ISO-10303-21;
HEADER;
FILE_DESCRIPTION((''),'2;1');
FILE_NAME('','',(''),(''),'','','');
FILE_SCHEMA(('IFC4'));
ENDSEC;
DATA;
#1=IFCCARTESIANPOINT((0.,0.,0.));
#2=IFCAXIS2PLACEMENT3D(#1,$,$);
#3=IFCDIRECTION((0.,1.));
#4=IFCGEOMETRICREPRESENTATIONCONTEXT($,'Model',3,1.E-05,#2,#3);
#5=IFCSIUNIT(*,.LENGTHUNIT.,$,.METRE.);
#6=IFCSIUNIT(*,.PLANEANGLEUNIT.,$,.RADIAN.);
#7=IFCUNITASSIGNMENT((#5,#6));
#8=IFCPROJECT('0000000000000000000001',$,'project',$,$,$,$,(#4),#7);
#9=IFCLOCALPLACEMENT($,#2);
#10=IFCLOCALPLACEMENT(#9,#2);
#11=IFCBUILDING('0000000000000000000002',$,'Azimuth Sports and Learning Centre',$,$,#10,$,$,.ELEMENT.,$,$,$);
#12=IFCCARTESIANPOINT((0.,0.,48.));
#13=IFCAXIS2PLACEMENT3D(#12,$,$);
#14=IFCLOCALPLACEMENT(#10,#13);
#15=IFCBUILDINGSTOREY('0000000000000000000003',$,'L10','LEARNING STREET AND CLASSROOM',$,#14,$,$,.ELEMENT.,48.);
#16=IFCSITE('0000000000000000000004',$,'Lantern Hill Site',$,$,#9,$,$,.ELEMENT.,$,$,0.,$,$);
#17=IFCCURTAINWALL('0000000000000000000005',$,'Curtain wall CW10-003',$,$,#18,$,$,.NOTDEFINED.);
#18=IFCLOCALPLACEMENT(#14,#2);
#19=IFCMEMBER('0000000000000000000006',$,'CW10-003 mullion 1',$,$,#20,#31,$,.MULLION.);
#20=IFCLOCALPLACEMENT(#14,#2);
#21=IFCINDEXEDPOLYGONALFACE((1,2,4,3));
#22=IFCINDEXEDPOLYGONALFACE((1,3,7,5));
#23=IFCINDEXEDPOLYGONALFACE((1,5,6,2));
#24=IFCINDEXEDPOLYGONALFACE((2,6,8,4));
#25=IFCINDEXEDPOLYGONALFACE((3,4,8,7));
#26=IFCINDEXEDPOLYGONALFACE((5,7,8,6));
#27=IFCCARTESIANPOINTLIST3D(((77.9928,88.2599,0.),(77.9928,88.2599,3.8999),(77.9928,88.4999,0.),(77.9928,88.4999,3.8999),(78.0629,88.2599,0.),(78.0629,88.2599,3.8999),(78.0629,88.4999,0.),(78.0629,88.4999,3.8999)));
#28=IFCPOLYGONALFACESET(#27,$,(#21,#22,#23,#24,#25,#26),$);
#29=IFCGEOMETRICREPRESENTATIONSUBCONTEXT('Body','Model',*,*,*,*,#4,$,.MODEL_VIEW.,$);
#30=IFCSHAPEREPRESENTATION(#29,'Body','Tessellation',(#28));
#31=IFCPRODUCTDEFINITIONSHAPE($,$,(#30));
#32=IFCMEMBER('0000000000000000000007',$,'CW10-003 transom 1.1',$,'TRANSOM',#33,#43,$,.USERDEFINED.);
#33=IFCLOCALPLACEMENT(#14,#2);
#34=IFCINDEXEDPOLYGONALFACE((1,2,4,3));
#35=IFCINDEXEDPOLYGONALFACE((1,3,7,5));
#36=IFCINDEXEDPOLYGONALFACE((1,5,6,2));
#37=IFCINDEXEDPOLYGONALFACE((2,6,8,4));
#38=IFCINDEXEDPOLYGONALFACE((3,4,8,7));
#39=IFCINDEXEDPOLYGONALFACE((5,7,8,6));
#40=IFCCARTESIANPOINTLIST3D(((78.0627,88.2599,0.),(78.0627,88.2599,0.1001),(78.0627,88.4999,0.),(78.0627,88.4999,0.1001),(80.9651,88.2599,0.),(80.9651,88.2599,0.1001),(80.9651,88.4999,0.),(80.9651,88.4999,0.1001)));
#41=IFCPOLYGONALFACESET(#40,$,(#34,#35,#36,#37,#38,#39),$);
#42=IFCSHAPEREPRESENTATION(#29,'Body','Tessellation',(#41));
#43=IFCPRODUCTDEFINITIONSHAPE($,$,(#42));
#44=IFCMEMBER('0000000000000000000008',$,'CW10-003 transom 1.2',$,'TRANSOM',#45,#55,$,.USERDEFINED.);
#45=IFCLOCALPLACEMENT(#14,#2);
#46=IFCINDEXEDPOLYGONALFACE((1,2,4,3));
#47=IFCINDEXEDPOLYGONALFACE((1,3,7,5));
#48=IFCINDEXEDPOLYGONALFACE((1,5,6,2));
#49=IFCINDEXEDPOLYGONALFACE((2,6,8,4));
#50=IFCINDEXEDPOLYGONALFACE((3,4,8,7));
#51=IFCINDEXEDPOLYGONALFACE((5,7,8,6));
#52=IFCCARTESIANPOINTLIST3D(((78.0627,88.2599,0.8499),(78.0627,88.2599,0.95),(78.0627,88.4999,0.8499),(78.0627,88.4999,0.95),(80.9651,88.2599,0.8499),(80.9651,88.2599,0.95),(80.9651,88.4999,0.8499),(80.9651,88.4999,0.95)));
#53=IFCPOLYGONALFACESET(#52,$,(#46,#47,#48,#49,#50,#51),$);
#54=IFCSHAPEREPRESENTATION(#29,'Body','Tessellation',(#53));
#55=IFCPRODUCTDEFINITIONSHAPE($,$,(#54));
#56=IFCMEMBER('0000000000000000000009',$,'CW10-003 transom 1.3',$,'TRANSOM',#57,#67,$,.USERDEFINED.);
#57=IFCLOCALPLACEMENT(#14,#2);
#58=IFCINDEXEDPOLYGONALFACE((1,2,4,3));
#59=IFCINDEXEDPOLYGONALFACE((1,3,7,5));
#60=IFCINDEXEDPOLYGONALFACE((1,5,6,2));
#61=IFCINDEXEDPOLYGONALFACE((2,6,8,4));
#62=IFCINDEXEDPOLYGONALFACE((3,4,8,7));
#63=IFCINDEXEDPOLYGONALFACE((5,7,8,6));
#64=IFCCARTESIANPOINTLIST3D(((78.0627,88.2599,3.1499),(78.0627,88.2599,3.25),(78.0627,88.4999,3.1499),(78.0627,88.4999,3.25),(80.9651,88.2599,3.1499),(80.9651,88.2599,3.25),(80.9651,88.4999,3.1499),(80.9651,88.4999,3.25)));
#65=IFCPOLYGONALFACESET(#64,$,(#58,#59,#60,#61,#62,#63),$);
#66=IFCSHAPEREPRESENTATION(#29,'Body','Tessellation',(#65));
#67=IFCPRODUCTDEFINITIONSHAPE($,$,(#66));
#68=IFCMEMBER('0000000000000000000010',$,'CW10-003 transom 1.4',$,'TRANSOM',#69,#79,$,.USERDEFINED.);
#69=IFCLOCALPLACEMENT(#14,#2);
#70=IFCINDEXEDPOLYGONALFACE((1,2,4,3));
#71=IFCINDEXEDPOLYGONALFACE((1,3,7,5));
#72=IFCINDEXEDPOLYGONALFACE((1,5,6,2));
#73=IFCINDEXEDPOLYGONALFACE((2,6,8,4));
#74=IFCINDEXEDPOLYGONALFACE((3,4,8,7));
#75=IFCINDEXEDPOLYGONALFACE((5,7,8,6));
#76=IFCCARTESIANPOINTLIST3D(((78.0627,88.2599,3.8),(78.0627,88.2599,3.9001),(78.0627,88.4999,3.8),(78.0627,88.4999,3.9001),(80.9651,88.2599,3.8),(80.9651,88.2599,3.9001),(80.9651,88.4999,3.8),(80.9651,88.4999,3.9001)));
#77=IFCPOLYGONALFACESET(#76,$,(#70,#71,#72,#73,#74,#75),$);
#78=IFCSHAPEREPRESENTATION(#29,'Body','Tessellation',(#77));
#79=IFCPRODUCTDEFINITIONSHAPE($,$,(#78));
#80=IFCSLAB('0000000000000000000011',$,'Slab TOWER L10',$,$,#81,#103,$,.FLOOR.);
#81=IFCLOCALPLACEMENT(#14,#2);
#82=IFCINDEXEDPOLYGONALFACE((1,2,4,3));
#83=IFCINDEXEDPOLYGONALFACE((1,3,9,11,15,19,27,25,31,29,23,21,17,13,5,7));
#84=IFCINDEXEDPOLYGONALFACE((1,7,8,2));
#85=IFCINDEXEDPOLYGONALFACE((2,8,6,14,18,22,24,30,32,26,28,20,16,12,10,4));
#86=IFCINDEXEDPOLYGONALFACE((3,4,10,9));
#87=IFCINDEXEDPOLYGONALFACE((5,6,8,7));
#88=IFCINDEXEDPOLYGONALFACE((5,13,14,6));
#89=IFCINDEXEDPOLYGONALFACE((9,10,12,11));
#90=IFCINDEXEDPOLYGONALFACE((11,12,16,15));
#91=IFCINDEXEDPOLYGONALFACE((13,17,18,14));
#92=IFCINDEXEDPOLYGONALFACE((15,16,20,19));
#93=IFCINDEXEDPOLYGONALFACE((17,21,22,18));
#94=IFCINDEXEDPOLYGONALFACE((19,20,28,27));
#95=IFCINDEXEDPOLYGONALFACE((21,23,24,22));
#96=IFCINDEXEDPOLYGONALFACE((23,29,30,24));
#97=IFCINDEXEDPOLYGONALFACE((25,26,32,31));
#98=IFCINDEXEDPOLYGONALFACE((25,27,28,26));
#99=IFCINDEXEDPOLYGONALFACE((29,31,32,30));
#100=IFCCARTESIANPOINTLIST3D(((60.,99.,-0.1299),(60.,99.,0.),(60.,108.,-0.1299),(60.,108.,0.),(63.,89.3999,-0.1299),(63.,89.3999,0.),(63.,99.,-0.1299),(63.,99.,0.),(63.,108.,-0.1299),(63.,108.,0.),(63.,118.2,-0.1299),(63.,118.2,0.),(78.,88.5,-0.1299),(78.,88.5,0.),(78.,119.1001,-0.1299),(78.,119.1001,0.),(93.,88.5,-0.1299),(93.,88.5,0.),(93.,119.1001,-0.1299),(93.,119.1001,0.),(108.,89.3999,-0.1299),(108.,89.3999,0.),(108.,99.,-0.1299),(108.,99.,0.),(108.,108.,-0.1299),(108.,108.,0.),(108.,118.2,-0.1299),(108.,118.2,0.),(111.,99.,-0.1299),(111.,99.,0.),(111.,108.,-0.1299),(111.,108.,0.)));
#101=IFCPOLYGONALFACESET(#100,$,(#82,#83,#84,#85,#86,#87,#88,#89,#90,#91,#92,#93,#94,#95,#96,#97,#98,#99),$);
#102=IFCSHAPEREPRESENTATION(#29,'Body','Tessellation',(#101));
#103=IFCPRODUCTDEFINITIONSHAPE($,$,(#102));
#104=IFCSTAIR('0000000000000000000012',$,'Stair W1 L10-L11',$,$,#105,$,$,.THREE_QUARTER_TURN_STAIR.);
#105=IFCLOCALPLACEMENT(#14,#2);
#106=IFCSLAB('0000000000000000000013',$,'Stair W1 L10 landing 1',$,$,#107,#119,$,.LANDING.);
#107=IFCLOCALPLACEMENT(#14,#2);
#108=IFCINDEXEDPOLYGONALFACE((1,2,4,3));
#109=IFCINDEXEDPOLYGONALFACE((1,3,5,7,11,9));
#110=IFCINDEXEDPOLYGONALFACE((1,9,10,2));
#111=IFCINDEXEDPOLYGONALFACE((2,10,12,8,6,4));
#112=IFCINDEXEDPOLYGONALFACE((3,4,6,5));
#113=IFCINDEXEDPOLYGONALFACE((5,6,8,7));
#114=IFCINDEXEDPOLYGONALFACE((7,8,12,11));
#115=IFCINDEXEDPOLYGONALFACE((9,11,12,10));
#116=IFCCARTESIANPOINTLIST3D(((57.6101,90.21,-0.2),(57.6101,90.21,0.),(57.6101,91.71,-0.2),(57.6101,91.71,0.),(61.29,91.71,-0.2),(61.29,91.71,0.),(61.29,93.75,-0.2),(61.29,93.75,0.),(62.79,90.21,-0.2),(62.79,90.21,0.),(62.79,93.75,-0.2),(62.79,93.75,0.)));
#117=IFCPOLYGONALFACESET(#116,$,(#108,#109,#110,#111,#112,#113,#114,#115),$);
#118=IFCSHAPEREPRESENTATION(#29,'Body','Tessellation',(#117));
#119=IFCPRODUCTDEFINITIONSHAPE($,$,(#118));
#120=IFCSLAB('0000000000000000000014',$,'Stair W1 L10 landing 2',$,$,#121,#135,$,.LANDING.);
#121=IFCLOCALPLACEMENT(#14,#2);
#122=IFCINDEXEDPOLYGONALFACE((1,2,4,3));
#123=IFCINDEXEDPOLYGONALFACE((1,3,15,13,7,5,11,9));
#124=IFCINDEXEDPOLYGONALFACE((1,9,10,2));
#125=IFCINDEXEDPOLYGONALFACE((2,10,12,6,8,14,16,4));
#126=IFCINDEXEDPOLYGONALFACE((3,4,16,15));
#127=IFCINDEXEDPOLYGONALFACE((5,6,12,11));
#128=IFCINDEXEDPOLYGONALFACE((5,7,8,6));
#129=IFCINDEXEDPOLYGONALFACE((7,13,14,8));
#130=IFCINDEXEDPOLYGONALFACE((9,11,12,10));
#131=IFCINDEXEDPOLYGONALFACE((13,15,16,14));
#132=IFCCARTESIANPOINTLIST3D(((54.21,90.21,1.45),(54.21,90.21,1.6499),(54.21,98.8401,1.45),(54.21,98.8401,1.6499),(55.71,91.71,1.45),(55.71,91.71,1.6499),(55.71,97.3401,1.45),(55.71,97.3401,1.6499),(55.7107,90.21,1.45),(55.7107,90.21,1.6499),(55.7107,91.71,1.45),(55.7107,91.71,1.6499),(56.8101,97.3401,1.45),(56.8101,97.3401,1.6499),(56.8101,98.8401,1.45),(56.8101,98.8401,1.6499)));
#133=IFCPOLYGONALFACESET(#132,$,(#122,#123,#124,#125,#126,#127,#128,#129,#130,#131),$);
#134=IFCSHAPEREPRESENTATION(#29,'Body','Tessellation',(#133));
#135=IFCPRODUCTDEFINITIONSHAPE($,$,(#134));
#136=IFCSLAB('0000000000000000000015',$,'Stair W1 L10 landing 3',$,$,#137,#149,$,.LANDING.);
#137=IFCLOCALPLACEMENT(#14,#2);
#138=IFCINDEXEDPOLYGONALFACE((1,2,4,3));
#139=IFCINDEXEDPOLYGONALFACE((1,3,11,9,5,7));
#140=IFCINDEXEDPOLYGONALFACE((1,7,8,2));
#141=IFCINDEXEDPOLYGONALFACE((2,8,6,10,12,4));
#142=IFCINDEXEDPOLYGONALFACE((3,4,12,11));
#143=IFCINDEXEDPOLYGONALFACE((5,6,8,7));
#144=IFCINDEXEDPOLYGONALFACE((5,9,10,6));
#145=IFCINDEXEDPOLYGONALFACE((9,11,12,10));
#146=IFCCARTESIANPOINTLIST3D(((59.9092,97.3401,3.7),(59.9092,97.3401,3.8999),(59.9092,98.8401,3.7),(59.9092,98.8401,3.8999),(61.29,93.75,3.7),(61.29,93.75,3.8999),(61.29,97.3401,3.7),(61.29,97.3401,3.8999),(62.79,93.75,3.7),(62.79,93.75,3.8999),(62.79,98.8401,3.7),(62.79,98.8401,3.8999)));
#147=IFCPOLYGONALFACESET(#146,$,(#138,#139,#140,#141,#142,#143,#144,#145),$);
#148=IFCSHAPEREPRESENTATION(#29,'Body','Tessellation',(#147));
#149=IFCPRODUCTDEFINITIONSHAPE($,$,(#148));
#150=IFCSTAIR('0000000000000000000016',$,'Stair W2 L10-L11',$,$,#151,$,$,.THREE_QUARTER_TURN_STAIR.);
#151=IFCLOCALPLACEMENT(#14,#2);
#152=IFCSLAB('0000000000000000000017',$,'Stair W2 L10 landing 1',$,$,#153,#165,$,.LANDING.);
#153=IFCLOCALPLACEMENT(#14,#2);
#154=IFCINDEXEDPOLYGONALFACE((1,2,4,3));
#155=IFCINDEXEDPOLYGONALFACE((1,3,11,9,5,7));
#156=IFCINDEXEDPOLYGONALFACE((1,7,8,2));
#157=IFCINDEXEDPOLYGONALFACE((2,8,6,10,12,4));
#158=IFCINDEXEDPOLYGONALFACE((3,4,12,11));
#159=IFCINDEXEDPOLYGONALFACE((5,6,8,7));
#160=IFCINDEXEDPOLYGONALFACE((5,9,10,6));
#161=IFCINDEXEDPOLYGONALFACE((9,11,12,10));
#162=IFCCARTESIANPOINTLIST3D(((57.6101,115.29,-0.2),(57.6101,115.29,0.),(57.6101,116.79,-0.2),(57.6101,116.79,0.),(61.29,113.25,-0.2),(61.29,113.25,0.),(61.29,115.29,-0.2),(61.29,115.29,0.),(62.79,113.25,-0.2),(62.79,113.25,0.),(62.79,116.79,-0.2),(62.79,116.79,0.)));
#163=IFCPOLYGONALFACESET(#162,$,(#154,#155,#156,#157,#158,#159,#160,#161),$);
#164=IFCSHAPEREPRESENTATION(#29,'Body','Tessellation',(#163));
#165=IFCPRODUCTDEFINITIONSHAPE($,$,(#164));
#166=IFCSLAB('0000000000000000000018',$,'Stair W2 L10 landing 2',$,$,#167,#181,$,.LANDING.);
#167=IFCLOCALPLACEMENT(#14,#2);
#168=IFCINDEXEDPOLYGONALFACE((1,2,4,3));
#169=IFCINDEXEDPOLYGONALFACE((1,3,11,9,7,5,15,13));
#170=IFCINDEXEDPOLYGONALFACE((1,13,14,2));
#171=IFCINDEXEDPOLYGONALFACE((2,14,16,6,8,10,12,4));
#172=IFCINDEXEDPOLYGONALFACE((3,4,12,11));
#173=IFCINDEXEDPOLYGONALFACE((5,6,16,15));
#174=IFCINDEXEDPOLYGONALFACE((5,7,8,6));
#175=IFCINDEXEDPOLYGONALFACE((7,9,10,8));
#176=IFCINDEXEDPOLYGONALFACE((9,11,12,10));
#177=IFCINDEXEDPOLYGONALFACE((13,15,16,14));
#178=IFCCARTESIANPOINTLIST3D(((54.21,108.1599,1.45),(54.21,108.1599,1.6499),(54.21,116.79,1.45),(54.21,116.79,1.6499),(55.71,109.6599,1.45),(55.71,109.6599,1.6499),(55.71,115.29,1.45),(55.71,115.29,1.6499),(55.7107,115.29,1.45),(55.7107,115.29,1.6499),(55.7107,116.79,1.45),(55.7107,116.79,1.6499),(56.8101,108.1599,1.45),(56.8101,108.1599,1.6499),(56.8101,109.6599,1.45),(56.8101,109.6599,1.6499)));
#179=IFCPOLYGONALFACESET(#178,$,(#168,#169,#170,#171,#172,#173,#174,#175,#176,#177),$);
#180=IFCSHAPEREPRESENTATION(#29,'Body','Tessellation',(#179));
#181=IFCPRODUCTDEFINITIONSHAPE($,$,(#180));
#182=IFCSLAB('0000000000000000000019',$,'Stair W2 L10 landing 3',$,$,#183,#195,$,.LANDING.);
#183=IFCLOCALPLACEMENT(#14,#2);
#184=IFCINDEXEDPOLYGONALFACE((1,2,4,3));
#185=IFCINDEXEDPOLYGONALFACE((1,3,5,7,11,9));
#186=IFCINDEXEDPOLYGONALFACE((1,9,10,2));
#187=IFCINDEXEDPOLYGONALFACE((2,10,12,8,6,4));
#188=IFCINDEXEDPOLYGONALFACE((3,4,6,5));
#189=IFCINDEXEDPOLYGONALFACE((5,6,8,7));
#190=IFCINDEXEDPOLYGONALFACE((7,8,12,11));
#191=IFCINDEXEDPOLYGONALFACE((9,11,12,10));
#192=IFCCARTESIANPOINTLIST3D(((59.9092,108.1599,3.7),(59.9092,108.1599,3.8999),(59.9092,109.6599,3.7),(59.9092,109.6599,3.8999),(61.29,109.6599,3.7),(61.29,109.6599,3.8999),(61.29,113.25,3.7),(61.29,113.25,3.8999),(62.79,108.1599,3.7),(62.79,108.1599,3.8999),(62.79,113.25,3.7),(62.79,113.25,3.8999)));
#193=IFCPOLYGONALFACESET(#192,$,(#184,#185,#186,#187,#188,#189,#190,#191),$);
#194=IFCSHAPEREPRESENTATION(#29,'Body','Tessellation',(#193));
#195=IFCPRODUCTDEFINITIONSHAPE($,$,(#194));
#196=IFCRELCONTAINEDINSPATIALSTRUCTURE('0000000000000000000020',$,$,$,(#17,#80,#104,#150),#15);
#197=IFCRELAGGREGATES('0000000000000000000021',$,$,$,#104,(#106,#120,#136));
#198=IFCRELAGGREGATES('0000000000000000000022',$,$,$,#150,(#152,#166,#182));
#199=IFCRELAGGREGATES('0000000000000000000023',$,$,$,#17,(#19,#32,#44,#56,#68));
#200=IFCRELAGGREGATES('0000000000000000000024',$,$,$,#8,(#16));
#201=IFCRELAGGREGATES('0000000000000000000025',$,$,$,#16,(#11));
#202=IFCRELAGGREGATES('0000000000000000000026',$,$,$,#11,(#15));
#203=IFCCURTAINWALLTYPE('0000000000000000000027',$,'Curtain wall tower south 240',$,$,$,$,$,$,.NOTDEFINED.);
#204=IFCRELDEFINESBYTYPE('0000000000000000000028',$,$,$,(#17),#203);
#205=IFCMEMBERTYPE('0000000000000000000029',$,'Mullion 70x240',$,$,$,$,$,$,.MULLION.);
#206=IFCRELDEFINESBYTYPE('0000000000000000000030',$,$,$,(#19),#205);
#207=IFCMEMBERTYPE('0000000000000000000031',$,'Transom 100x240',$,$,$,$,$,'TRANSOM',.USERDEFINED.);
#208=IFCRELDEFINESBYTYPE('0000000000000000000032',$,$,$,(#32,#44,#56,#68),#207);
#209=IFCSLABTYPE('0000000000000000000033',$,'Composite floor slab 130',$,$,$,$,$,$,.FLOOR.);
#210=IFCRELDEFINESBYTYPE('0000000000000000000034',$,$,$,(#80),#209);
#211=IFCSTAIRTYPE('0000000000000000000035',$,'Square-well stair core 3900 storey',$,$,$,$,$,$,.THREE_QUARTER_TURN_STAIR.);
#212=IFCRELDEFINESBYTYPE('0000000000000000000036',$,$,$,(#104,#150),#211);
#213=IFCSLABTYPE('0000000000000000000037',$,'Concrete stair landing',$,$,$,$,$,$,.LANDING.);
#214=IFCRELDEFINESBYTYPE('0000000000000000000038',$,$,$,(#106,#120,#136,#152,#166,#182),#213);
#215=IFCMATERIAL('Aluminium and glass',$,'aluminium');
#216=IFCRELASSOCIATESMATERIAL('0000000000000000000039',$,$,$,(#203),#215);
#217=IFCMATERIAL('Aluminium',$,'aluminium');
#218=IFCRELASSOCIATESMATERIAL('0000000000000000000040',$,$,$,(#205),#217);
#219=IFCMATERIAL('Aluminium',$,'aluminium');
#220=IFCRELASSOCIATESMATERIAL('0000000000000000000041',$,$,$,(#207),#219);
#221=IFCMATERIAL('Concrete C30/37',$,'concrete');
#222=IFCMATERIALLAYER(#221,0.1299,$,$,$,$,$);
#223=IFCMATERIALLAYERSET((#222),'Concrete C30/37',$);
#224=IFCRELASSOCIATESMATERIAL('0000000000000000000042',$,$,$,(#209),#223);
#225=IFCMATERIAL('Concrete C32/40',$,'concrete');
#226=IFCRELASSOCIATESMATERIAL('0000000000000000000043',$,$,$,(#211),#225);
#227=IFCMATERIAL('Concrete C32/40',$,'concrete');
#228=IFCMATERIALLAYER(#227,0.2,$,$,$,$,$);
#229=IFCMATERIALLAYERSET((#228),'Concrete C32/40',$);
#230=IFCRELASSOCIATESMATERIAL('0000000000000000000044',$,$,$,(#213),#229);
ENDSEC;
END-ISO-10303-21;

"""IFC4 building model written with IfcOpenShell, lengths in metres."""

from ifc_helpers import new_model, si_unit, direction, frame, origin, origin_2d, place, context, subcontext, project, spatial, polyline, rectangle, outline, extrude, material, layer, layer_set, material_profile, profile_set, type_object, element, aggregate, save


model = new_model("IFC4")

# Units and contexts
model_context = context("Model", 3, precision=1e-05, world=origin(), true_north=direction((0.0, 1.0)))
body_context = subcontext(model_context, "Body", "Model", "MODEL_VIEW")
ifc_project = project(units=[si_unit("LENGTHUNIT", "METRE"), si_unit("PLANEANGLEUNIT", "RADIAN")], contexts=[model_context])

# Site, building, storey
site_placement = place(None, origin())
site = spatial("IfcSite", under=ifc_project, at=site_placement, Name="Lantern Hill Site", CompositionType="ELEMENT", RefElevation=0.0)
building_placement = place(site_placement, origin())
building = spatial("IfcBuilding", under=site, at=building_placement, Name="Azimuth Sports and Learning Centre", CompositionType="ELEMENT")
storey_placement = place(building_placement, frame((0.0, 0.0, 48.0)))
storey = spatial("IfcBuildingStorey", under=building, at=storey_placement, Name="L10", Description="LEARNING STREET AND CLASSROOM", CompositionType="ELEMENT", Elevation=48.0)

# Curtain wall, members
ifc_material_1 = material(Name="Aluminium and glass", Category="aluminium")
curtain_wall_type = type_object("IfcCurtainWallType", Name="Curtain wall tower south 240", PredefinedType="NOTDEFINED", material=ifc_material_1)
curtain_wall_placement = place(storey_placement, origin())
curtain_wall = element("IfcCurtainWall", 1, at=curtain_wall_placement, inside=storey, type_object=curtain_wall_type, Name="Curtain wall CW10-003", PredefinedType="NOTDEFINED")
ifc_material_2 = material(Name="Aluminium", Category="aluminium")
ifc_material_profile_1 = material_profile(ifc_material_2, rectangle(XDim=0.24, YDim=0.0701, at=origin_2d()), Name="Mullion 70x240")
ifc_profile_set_1 = profile_set([ifc_material_profile_1], Name="Aluminium")
member_type_1 = type_object("IfcMemberType", Name="Mullion 70x240", PredefinedType="MULLION", material=ifc_profile_set_1)
member_1_placement = place(storey_placement, frame((78.0278, 88.3799, 0.0), z_axis=(0.0, 0.0, 1.0), x_axis=(0.0, 1.0, 0.0)))
member_1 = element("IfcMember", 2, at=member_1_placement, type_object=member_type_1, Name="CW10-003 mullion 1", PredefinedType="MULLION", context=body_context, shape_type="SweptSolid", body=[
    extrude(rectangle(XDim=0.24, YDim=0.0701, at=origin_2d()), origin(), (0.0, 0.0, 1.0), 3.8999),
])
ifc_material_3 = material(Name="Aluminium", Category="aluminium")
ifc_material_profile_2 = material_profile(ifc_material_3, rectangle(XDim=0.24, YDim=0.1001, at=origin_2d()), Name="Transom 100x240")
ifc_profile_set_2 = profile_set([ifc_material_profile_2], Name="Aluminium")
member_type_2 = type_object("IfcMemberType", Name="Transom 100x240", ElementType="TRANSOM", PredefinedType="USERDEFINED", material=ifc_profile_set_2)
member_2_placement = place(storey_placement, frame((78.0627, 88.3799, 0.05), z_axis=(1.0, 0.0, 0.0), x_axis=(0.0, 1.0, 0.0)))
member_2 = element("IfcMember", 3, at=member_2_placement, type_object=member_type_2, Name="CW10-003 transom 1.1", ObjectType="TRANSOM", PredefinedType="USERDEFINED", context=body_context, shape_type="SweptSolid", body=[
    extrude(rectangle(XDim=0.24, YDim=0.1001, at=origin_2d()), origin(), (0.0, 0.0, 1.0), 2.9023),
])
member_3_placement = place(storey_placement, frame((78.0627, 88.3799, 0.8999), z_axis=(1.0, 0.0, 0.0), x_axis=(0.0, 1.0, 0.0)))
member_3 = element("IfcMember", 4, at=member_3_placement, type_object=member_type_2, Name="CW10-003 transom 1.2", ObjectType="TRANSOM", PredefinedType="USERDEFINED", context=body_context, shape_type="SweptSolid", body=[
    extrude(rectangle(XDim=0.24, YDim=0.1001, at=origin_2d()), origin(), (0.0, 0.0, 1.0), 2.9023),
])
member_4_placement = place(storey_placement, frame((78.0627, 88.3799, 3.2), z_axis=(1.0, 0.0, 0.0), x_axis=(0.0, 1.0, 0.0)))
member_4 = element("IfcMember", 5, at=member_4_placement, type_object=member_type_2, Name="CW10-003 transom 1.3", ObjectType="TRANSOM", PredefinedType="USERDEFINED", context=body_context, shape_type="SweptSolid", body=[
    extrude(rectangle(XDim=0.24, YDim=0.1001, at=origin_2d()), origin(), (0.0, 0.0, 1.0), 2.9023),
])
member_5_placement = place(storey_placement, frame((78.0627, 88.3799, 3.8501), z_axis=(1.0, 0.0, 0.0), x_axis=(0.0, 1.0, 0.0)))
member_5 = element("IfcMember", 6, at=member_5_placement, type_object=member_type_2, Name="CW10-003 transom 1.4", ObjectType="TRANSOM", PredefinedType="USERDEFINED", context=body_context, shape_type="SweptSolid", body=[
    extrude(rectangle(XDim=0.24, YDim=0.1001, at=origin_2d()), origin(), (0.0, 0.0, 1.0), 2.9023),
])

# Slab
ifc_material_4 = material(Name="Concrete C30/37", Category="concrete")
ifc_layer_1 = layer(ifc_material_4, 0.1299)
ifc_layer_set_1 = layer_set([ifc_layer_1], Name="Concrete C30/37")
slab_type_1 = type_object("IfcSlabType", Name="Composite floor slab 130", PredefinedType="FLOOR", material=ifc_layer_set_1)
slab_1_placement = place(storey_placement, frame((0.0, 0.0, -0.1299)))
element("IfcSlab", 7, at=slab_1_placement, inside=storey, type_object=slab_type_1, Name="Slab TOWER L10", PredefinedType="FLOOR", context=body_context, shape_type="SweptSolid", body=[
    extrude(outline(polyline([(78.0, 88.5), (93.0, 88.5), (108.0, 89.3999), (108.0, 99.0), (111.0, 99.0), (111.0, 108.0), (108.0, 108.0), (108.0, 118.2), (93.0, 119.1001), (78.0, 119.1001), (63.0, 118.2), (63.0, 108.0), (60.0, 108.0), (60.0, 99.0), (63.0, 99.0), (63.0, 89.3999), (78.0, 88.5)])), origin(), (0.0, 0.0, 1.0), 0.1299),
])

# Stairs, slabs
ifc_material_5 = material(Name="Concrete C32/40", Category="concrete")
stair_type = type_object("IfcStairType", Name="Square-well stair core 3900 storey", PredefinedType="THREE_QUARTER_TURN_STAIR", material=ifc_material_5)
stair_1_placement = place(storey_placement, origin())
stair_1 = element("IfcStair", 8, at=stair_1_placement, inside=storey, type_object=stair_type, Name="Stair W1 L10-L11", PredefinedType="THREE_QUARTER_TURN_STAIR")
ifc_material_6 = material(Name="Concrete C32/40", Category="concrete")
ifc_layer_2 = layer(ifc_material_6, 0.2)
ifc_layer_set_2 = layer_set([ifc_layer_2], Name="Concrete C32/40")
slab_type_2 = type_object("IfcSlabType", Name="Concrete stair landing", PredefinedType="LANDING", material=ifc_layer_set_2)
slab_2_placement = place(storey_placement, frame((0.0, 0.0, -0.2)))
slab_2 = element("IfcSlab", 9, at=slab_2_placement, type_object=slab_type_2, Name="Stair W1 L10 landing 1", PredefinedType="LANDING", context=body_context, shape_type="SweptSolid", body=[
    extrude(outline(polyline([(62.79, 90.21), (62.79, 93.75), (61.29, 93.75), (61.29, 91.71), (57.6101, 91.71), (57.6101, 90.21), (62.79, 90.21)])), origin(), (0.0, 0.0, 1.0), 0.2),
])
slab_3_placement = place(storey_placement, frame((0.0, 0.0, 1.45)))
slab_3 = element("IfcSlab", 10, at=slab_3_placement, type_object=slab_type_2, Name="Stair W1 L10 landing 2", PredefinedType="LANDING", context=body_context, shape_type="SweptSolid", body=[
    extrude(outline(polyline([(55.71, 91.71), (55.71, 97.3401), (56.8101, 97.3401), (56.8101, 98.8401), (54.21, 98.8401), (54.21, 90.21), (55.7107, 90.21), (55.7107, 91.71), (55.71, 91.71)])), origin(), (0.0, 0.0, 1.0), 0.2),
])
slab_4_placement = place(storey_placement, frame((0.0, 0.0, 3.7)))
slab_4 = element("IfcSlab", 11, at=slab_4_placement, type_object=slab_type_2, Name="Stair W1 L10 landing 3", PredefinedType="LANDING", context=body_context, shape_type="SweptSolid", body=[
    extrude(outline(polyline([(61.29, 97.3401), (61.29, 93.75), (62.79, 93.75), (62.79, 98.8401), (59.9092, 98.8401), (59.9092, 97.3401), (61.29, 97.3401)])), origin(), (0.0, 0.0, 1.0), 0.2),
])
aggregate(stair_1, [slab_2, slab_3, slab_4])
stair_2_placement = place(storey_placement, origin())
stair_2 = element("IfcStair", 12, at=stair_2_placement, inside=storey, type_object=stair_type, Name="Stair W2 L10-L11", PredefinedType="THREE_QUARTER_TURN_STAIR")
slab_5_placement = place(storey_placement, frame((0.0, 0.0, -0.2)))
slab_5 = element("IfcSlab", 13, at=slab_5_placement, type_object=slab_type_2, Name="Stair W2 L10 landing 1", PredefinedType="LANDING", context=body_context, shape_type="SweptSolid", body=[
    extrude(outline(polyline([(57.6101, 115.29), (61.29, 115.29), (61.29, 113.25), (62.79, 113.25), (62.79, 116.79), (57.6101, 116.79), (57.6101, 115.29)])), origin(), (0.0, 0.0, 1.0), 0.2),
])
slab_6_placement = place(storey_placement, frame((0.0, 0.0, 1.45)))
slab_6 = element("IfcSlab", 14, at=slab_6_placement, type_object=slab_type_2, Name="Stair W2 L10 landing 2", PredefinedType="LANDING", context=body_context, shape_type="SweptSolid", body=[
    extrude(outline(polyline([(55.71, 115.29), (55.7107, 115.29), (55.7107, 116.79), (54.21, 116.79), (54.21, 108.1599), (56.8101, 108.1599), (56.8101, 109.6599), (55.71, 109.6599), (55.71, 115.29)])), origin(), (0.0, 0.0, 1.0), 0.2),
])
slab_7_placement = place(storey_placement, frame((0.0, 0.0, 3.7)))
slab_7 = element("IfcSlab", 15, at=slab_7_placement, type_object=slab_type_2, Name="Stair W2 L10 landing 3", PredefinedType="LANDING", context=body_context, shape_type="SweptSolid", body=[
    extrude(outline(polyline([(61.29, 109.6599), (59.9092, 109.6599), (59.9092, 108.1599), (62.79, 108.1599), (62.79, 113.25), (61.29, 113.25), (61.29, 109.6599)])), origin(), (0.0, 0.0, 1.0), 0.2),
])
aggregate(stair_2, [slab_5, slab_6, slab_7])

aggregate(curtain_wall, [member_1, member_2, member_3, member_4, member_5])

save(model, "model.ifc")
